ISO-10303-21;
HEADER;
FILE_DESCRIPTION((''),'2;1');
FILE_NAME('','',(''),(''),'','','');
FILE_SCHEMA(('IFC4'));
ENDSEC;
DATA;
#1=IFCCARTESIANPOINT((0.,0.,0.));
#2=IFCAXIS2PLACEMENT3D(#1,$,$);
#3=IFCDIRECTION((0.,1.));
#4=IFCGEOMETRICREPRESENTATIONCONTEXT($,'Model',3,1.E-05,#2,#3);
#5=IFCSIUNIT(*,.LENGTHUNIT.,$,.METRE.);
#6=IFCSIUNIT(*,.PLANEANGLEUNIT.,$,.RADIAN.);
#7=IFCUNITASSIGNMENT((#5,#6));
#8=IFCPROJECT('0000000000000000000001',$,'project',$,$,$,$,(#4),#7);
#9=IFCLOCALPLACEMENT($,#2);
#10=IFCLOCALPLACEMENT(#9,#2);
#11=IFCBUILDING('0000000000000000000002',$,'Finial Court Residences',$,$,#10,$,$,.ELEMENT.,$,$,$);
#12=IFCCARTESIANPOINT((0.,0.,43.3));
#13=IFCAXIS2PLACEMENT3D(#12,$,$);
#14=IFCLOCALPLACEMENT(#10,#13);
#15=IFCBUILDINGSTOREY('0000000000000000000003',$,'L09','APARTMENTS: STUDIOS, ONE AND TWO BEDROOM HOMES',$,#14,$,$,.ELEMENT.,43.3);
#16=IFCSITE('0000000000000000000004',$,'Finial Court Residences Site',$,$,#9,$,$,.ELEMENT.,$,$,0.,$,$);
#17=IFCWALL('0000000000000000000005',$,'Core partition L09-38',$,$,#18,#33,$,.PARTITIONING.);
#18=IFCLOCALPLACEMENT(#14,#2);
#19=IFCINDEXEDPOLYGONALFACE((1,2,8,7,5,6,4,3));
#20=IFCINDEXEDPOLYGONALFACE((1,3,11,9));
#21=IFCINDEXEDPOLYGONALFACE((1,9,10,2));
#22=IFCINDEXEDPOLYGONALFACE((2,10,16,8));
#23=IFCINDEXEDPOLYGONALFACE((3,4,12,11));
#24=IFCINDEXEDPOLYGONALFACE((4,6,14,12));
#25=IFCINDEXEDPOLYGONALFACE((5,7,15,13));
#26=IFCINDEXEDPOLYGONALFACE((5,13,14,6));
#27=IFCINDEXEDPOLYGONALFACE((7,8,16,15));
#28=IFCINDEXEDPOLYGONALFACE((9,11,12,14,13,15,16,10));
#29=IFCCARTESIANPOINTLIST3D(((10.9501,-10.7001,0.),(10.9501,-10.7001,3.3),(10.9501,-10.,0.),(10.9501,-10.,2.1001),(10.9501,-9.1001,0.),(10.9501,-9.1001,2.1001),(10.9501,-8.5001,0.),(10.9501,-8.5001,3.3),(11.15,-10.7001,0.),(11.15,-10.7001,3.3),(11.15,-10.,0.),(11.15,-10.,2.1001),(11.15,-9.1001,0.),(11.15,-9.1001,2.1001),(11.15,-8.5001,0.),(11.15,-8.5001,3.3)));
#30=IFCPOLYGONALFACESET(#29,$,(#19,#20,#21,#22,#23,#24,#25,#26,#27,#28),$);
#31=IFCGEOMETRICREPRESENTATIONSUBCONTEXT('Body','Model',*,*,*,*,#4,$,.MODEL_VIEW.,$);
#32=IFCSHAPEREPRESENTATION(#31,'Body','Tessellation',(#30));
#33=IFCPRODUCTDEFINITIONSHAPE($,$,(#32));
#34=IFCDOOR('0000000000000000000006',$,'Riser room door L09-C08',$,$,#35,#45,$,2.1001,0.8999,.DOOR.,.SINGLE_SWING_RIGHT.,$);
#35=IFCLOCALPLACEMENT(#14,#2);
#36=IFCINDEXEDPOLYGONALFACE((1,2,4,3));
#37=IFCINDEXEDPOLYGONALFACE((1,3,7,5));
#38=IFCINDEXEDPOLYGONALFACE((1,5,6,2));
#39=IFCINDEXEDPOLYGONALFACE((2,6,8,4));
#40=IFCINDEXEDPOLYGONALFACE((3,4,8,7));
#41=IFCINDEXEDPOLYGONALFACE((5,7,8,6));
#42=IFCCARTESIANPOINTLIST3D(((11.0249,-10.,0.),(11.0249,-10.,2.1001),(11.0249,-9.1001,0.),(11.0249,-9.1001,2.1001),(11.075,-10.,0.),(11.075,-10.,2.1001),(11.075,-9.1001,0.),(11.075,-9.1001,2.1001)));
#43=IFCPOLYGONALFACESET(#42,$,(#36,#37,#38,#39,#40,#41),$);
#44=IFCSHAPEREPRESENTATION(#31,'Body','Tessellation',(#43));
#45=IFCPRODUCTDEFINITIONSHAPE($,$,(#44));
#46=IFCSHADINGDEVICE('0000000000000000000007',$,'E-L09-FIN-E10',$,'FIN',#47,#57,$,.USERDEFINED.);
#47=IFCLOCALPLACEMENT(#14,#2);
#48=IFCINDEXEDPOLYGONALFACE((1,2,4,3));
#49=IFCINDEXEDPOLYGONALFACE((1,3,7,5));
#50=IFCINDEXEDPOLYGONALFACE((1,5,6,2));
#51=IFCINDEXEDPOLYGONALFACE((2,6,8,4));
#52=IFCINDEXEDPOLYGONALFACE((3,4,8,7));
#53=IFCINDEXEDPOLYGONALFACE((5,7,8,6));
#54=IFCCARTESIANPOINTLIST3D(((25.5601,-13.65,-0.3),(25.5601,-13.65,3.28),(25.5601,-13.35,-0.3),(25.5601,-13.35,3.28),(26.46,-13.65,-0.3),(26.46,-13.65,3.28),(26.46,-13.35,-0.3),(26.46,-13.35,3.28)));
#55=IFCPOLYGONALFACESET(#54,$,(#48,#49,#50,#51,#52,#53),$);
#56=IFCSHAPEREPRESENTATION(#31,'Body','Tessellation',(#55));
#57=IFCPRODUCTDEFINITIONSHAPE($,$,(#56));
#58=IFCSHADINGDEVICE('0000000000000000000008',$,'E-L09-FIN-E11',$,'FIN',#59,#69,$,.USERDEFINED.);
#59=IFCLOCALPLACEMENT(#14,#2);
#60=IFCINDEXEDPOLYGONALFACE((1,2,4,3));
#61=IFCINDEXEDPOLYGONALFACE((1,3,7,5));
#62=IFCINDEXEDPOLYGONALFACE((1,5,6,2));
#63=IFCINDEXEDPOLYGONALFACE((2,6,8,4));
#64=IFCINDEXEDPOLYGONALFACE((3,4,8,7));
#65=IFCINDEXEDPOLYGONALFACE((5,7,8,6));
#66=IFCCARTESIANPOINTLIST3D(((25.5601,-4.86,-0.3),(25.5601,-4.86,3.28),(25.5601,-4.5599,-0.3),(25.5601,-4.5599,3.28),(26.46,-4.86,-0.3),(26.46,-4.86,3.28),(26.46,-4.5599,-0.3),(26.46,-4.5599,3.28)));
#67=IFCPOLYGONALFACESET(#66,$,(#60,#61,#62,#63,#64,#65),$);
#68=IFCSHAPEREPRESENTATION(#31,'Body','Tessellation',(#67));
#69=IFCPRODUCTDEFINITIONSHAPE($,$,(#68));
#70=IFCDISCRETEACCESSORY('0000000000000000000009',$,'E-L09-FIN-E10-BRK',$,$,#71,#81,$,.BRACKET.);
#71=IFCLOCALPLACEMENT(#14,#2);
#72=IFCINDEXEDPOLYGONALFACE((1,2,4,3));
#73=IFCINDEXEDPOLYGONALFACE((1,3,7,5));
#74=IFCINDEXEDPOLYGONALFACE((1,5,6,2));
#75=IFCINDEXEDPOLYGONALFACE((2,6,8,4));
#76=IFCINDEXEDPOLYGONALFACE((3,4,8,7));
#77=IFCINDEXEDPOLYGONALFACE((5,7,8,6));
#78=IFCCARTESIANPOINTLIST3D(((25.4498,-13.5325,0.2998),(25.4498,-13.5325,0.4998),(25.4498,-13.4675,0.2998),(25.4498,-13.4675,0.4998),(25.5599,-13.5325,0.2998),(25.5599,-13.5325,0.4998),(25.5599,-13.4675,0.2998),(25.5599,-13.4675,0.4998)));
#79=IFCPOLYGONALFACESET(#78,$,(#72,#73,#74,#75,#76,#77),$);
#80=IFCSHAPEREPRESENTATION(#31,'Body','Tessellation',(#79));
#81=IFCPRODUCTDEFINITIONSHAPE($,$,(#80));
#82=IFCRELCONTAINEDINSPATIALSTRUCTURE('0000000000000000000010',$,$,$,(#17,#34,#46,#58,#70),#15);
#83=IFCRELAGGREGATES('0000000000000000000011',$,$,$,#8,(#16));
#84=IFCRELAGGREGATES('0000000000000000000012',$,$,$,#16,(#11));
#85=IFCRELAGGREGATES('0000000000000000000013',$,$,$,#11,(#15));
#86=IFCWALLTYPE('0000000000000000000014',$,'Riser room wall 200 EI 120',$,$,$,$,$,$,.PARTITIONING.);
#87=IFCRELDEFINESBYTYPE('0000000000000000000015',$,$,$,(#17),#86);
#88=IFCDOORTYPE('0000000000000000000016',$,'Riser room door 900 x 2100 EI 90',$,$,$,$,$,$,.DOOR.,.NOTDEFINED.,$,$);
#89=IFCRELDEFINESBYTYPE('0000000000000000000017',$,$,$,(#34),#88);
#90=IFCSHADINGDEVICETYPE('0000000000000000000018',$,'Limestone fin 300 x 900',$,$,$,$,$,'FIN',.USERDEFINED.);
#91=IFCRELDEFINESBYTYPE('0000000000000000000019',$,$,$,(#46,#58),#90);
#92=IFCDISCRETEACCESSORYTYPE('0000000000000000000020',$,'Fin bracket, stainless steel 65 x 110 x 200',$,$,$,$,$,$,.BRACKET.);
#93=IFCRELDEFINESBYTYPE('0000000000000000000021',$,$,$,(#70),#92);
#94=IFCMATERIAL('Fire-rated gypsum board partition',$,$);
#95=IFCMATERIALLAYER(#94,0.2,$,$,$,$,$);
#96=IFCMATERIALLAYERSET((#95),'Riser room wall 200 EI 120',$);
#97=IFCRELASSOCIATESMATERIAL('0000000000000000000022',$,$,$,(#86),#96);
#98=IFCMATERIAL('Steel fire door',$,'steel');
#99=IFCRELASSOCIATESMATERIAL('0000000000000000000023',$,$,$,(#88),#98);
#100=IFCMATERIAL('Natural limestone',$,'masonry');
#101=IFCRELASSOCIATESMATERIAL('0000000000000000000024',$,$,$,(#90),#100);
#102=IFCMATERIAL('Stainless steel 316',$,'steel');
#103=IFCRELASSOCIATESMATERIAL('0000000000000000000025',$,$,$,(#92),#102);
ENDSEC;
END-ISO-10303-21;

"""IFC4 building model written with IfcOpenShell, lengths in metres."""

from ifc_helpers import new_model, si_unit, direction, frame, frame_2d, origin, origin_2d, place, context, subcontext, project, spatial, rectangle, extrude, material, layer, layer_set, type_object, element, fill, save


model = new_model("IFC4")

# Units and contexts
model_context = context("Model", 3, precision=1e-05, world=origin(), true_north=direction((0.0, 1.0)))
body_context = subcontext(model_context, "Body", "Model", "MODEL_VIEW")
ifc_project = project(units=[si_unit("LENGTHUNIT", "METRE"), si_unit("PLANEANGLEUNIT", "RADIAN")], contexts=[model_context])

# Site, building, storey
site_placement = place(None, origin())
site = spatial("IfcSite", under=ifc_project, at=site_placement, Name="Finial Court Residences Site", CompositionType="ELEMENT", RefElevation=0.0)
building_placement = place(site_placement, origin())
building = spatial("IfcBuilding", under=site, at=building_placement, Name="Finial Court Residences", CompositionType="ELEMENT")
storey_placement = place(building_placement, frame((0.0, 0.0, 43.3)))
storey = spatial("IfcBuildingStorey", under=building, at=storey_placement, Name="L09", Description="APARTMENTS: STUDIOS, ONE AND TWO BEDROOM HOMES", CompositionType="ELEMENT", Elevation=43.3)

# Shared definitions
ifc_material_1 = material(Name="Fire-rated gypsum board partition")
ifc_layer_1 = layer(ifc_material_1, 0.2)
ifc_layer_set_1 = layer_set([ifc_layer_1], Name="Riser room wall 200 EI 120")
wall_type_1 = type_object("IfcWallType", Name="Riser room wall 200 EI 120", PredefinedType="PARTITIONING", material=ifc_layer_set_1)

# Wall, opening, door
wall_1_placement = place(storey_placement, frame((11.05, -8.5, 0.0), z_axis=(0.0, 0.0, 1.0), x_axis=(0.0, -1.0, 0.0)))
wall_1 = element("IfcWall", 1, at=wall_1_placement, inside=storey, type_object=wall_type_1, Name="Core partition L09-38", PredefinedType="PARTITIONING", context=body_context, shape_type="SweptSolid", body=[
    extrude(rectangle(XDim=2.2, YDim=0.2, at=frame_2d((1.1001, 0.0))), origin(), (0.0, 0.0, 1.0), 3.3),
])
opening_1_placement = place(wall_1_placement, frame((0.6001, 0.0, 0.0)))
opening_1 = element("IfcOpeningElement", 2, at=opening_1_placement, cuts=wall_1, PredefinedType="OPENING", context=body_context, shape_type="SweptSolid", body=[
    extrude(rectangle(XDim=0.8999, YDim=2.1001, at=frame_2d((0.45, 1.05))), frame((0.0, 0.1099, 0.0), z_axis=(0.0, -1.0, 0.0), x_axis=(1.0, 0.0, 0.0)), (0.0, 0.0, 1.0), 0.22),
])
ifc_material_2 = material(Name="Steel fire door", Category="steel")
door_type_1 = type_object("IfcDoorType", Name="Riser room door 900 x 2100 EI 90", OperationType="NOTDEFINED", PredefinedType="DOOR", material=ifc_material_2)
door_1_placement = place(opening_1_placement, origin())
door_1 = element("IfcDoor", 3, at=door_1_placement, inside=storey, type_object=door_type_1, Name="Riser room door L09-C08", OperationType="SINGLE_SWING_RIGHT", OverallHeight=2.1001, OverallWidth=0.8999, PredefinedType="DOOR", context=body_context, shape_type="SweptSolid", body=[
    extrude(rectangle(XDim=0.8999, YDim=2.1001, at=frame_2d((0.45, 1.05))), frame((0.0, 0.0249, 0.0), z_axis=(0.0, -1.0, 0.0), x_axis=(1.0, 0.0, 0.0)), (0.0, 0.0, 1.0), 0.05),
])
fill(opening_1, door_1)

# Shading devices
ifc_material_3 = material(Name="Natural limestone", Category="masonry")
shading_device_type = type_object("IfcShadingDeviceType", Name="Limestone fin 300 x 900", ElementType="FIN", PredefinedType="USERDEFINED", material=ifc_material_3)
for number, where, z_axis, x_axis, name in (
    (4, (26.01, -13.5, -0.3), (0.0, 0.0, 1.0), (1.0, 0.0, 0.0), "E-L09-FIN-E10"),
    (5, (26.01, -4.71, -0.3), (0.0, 0.0, 1.0), (1.0, 0.0, 0.0), "E-L09-FIN-E11"),
):
    element("IfcShadingDevice", number, at=place(storey_placement, frame(where, z_axis=z_axis, x_axis=x_axis)), inside=storey, type_object=shading_device_type, Name=name, ObjectType="FIN", PredefinedType="USERDEFINED", context=body_context, shape_type="SweptSolid", body=[
        extrude(rectangle(XDim=0.8999, YDim=0.3, at=origin_2d()), origin(), (0.0, 0.0, 1.0), 3.5801),
    ])

# Discrete accessory
ifc_material_4 = material(Name="Stainless steel 316", Category="steel")
discrete_accessory_type = type_object("IfcDiscreteAccessoryType", Name="Fin bracket, stainless steel 65 x 110 x 200", PredefinedType="BRACKET", material=ifc_material_4)
discrete_accessory_placement = place(storey_placement, frame((25.5049, -13.5, 0.2998), z_axis=(0.0, 0.0, 1.0), x_axis=(1.0, 0.0, 0.0)))
element("IfcDiscreteAccessory", 6, at=discrete_accessory_placement, inside=storey, type_object=discrete_accessory_type, Name="E-L09-FIN-E10-BRK", PredefinedType="BRACKET", context=body_context, shape_type="SweptSolid", body=[
    extrude(rectangle(XDim=0.1101, YDim=0.0649, at=origin_2d()), origin(), (0.0, 0.0, 1.0), 0.2),
])

save(model, "model.ifc")
